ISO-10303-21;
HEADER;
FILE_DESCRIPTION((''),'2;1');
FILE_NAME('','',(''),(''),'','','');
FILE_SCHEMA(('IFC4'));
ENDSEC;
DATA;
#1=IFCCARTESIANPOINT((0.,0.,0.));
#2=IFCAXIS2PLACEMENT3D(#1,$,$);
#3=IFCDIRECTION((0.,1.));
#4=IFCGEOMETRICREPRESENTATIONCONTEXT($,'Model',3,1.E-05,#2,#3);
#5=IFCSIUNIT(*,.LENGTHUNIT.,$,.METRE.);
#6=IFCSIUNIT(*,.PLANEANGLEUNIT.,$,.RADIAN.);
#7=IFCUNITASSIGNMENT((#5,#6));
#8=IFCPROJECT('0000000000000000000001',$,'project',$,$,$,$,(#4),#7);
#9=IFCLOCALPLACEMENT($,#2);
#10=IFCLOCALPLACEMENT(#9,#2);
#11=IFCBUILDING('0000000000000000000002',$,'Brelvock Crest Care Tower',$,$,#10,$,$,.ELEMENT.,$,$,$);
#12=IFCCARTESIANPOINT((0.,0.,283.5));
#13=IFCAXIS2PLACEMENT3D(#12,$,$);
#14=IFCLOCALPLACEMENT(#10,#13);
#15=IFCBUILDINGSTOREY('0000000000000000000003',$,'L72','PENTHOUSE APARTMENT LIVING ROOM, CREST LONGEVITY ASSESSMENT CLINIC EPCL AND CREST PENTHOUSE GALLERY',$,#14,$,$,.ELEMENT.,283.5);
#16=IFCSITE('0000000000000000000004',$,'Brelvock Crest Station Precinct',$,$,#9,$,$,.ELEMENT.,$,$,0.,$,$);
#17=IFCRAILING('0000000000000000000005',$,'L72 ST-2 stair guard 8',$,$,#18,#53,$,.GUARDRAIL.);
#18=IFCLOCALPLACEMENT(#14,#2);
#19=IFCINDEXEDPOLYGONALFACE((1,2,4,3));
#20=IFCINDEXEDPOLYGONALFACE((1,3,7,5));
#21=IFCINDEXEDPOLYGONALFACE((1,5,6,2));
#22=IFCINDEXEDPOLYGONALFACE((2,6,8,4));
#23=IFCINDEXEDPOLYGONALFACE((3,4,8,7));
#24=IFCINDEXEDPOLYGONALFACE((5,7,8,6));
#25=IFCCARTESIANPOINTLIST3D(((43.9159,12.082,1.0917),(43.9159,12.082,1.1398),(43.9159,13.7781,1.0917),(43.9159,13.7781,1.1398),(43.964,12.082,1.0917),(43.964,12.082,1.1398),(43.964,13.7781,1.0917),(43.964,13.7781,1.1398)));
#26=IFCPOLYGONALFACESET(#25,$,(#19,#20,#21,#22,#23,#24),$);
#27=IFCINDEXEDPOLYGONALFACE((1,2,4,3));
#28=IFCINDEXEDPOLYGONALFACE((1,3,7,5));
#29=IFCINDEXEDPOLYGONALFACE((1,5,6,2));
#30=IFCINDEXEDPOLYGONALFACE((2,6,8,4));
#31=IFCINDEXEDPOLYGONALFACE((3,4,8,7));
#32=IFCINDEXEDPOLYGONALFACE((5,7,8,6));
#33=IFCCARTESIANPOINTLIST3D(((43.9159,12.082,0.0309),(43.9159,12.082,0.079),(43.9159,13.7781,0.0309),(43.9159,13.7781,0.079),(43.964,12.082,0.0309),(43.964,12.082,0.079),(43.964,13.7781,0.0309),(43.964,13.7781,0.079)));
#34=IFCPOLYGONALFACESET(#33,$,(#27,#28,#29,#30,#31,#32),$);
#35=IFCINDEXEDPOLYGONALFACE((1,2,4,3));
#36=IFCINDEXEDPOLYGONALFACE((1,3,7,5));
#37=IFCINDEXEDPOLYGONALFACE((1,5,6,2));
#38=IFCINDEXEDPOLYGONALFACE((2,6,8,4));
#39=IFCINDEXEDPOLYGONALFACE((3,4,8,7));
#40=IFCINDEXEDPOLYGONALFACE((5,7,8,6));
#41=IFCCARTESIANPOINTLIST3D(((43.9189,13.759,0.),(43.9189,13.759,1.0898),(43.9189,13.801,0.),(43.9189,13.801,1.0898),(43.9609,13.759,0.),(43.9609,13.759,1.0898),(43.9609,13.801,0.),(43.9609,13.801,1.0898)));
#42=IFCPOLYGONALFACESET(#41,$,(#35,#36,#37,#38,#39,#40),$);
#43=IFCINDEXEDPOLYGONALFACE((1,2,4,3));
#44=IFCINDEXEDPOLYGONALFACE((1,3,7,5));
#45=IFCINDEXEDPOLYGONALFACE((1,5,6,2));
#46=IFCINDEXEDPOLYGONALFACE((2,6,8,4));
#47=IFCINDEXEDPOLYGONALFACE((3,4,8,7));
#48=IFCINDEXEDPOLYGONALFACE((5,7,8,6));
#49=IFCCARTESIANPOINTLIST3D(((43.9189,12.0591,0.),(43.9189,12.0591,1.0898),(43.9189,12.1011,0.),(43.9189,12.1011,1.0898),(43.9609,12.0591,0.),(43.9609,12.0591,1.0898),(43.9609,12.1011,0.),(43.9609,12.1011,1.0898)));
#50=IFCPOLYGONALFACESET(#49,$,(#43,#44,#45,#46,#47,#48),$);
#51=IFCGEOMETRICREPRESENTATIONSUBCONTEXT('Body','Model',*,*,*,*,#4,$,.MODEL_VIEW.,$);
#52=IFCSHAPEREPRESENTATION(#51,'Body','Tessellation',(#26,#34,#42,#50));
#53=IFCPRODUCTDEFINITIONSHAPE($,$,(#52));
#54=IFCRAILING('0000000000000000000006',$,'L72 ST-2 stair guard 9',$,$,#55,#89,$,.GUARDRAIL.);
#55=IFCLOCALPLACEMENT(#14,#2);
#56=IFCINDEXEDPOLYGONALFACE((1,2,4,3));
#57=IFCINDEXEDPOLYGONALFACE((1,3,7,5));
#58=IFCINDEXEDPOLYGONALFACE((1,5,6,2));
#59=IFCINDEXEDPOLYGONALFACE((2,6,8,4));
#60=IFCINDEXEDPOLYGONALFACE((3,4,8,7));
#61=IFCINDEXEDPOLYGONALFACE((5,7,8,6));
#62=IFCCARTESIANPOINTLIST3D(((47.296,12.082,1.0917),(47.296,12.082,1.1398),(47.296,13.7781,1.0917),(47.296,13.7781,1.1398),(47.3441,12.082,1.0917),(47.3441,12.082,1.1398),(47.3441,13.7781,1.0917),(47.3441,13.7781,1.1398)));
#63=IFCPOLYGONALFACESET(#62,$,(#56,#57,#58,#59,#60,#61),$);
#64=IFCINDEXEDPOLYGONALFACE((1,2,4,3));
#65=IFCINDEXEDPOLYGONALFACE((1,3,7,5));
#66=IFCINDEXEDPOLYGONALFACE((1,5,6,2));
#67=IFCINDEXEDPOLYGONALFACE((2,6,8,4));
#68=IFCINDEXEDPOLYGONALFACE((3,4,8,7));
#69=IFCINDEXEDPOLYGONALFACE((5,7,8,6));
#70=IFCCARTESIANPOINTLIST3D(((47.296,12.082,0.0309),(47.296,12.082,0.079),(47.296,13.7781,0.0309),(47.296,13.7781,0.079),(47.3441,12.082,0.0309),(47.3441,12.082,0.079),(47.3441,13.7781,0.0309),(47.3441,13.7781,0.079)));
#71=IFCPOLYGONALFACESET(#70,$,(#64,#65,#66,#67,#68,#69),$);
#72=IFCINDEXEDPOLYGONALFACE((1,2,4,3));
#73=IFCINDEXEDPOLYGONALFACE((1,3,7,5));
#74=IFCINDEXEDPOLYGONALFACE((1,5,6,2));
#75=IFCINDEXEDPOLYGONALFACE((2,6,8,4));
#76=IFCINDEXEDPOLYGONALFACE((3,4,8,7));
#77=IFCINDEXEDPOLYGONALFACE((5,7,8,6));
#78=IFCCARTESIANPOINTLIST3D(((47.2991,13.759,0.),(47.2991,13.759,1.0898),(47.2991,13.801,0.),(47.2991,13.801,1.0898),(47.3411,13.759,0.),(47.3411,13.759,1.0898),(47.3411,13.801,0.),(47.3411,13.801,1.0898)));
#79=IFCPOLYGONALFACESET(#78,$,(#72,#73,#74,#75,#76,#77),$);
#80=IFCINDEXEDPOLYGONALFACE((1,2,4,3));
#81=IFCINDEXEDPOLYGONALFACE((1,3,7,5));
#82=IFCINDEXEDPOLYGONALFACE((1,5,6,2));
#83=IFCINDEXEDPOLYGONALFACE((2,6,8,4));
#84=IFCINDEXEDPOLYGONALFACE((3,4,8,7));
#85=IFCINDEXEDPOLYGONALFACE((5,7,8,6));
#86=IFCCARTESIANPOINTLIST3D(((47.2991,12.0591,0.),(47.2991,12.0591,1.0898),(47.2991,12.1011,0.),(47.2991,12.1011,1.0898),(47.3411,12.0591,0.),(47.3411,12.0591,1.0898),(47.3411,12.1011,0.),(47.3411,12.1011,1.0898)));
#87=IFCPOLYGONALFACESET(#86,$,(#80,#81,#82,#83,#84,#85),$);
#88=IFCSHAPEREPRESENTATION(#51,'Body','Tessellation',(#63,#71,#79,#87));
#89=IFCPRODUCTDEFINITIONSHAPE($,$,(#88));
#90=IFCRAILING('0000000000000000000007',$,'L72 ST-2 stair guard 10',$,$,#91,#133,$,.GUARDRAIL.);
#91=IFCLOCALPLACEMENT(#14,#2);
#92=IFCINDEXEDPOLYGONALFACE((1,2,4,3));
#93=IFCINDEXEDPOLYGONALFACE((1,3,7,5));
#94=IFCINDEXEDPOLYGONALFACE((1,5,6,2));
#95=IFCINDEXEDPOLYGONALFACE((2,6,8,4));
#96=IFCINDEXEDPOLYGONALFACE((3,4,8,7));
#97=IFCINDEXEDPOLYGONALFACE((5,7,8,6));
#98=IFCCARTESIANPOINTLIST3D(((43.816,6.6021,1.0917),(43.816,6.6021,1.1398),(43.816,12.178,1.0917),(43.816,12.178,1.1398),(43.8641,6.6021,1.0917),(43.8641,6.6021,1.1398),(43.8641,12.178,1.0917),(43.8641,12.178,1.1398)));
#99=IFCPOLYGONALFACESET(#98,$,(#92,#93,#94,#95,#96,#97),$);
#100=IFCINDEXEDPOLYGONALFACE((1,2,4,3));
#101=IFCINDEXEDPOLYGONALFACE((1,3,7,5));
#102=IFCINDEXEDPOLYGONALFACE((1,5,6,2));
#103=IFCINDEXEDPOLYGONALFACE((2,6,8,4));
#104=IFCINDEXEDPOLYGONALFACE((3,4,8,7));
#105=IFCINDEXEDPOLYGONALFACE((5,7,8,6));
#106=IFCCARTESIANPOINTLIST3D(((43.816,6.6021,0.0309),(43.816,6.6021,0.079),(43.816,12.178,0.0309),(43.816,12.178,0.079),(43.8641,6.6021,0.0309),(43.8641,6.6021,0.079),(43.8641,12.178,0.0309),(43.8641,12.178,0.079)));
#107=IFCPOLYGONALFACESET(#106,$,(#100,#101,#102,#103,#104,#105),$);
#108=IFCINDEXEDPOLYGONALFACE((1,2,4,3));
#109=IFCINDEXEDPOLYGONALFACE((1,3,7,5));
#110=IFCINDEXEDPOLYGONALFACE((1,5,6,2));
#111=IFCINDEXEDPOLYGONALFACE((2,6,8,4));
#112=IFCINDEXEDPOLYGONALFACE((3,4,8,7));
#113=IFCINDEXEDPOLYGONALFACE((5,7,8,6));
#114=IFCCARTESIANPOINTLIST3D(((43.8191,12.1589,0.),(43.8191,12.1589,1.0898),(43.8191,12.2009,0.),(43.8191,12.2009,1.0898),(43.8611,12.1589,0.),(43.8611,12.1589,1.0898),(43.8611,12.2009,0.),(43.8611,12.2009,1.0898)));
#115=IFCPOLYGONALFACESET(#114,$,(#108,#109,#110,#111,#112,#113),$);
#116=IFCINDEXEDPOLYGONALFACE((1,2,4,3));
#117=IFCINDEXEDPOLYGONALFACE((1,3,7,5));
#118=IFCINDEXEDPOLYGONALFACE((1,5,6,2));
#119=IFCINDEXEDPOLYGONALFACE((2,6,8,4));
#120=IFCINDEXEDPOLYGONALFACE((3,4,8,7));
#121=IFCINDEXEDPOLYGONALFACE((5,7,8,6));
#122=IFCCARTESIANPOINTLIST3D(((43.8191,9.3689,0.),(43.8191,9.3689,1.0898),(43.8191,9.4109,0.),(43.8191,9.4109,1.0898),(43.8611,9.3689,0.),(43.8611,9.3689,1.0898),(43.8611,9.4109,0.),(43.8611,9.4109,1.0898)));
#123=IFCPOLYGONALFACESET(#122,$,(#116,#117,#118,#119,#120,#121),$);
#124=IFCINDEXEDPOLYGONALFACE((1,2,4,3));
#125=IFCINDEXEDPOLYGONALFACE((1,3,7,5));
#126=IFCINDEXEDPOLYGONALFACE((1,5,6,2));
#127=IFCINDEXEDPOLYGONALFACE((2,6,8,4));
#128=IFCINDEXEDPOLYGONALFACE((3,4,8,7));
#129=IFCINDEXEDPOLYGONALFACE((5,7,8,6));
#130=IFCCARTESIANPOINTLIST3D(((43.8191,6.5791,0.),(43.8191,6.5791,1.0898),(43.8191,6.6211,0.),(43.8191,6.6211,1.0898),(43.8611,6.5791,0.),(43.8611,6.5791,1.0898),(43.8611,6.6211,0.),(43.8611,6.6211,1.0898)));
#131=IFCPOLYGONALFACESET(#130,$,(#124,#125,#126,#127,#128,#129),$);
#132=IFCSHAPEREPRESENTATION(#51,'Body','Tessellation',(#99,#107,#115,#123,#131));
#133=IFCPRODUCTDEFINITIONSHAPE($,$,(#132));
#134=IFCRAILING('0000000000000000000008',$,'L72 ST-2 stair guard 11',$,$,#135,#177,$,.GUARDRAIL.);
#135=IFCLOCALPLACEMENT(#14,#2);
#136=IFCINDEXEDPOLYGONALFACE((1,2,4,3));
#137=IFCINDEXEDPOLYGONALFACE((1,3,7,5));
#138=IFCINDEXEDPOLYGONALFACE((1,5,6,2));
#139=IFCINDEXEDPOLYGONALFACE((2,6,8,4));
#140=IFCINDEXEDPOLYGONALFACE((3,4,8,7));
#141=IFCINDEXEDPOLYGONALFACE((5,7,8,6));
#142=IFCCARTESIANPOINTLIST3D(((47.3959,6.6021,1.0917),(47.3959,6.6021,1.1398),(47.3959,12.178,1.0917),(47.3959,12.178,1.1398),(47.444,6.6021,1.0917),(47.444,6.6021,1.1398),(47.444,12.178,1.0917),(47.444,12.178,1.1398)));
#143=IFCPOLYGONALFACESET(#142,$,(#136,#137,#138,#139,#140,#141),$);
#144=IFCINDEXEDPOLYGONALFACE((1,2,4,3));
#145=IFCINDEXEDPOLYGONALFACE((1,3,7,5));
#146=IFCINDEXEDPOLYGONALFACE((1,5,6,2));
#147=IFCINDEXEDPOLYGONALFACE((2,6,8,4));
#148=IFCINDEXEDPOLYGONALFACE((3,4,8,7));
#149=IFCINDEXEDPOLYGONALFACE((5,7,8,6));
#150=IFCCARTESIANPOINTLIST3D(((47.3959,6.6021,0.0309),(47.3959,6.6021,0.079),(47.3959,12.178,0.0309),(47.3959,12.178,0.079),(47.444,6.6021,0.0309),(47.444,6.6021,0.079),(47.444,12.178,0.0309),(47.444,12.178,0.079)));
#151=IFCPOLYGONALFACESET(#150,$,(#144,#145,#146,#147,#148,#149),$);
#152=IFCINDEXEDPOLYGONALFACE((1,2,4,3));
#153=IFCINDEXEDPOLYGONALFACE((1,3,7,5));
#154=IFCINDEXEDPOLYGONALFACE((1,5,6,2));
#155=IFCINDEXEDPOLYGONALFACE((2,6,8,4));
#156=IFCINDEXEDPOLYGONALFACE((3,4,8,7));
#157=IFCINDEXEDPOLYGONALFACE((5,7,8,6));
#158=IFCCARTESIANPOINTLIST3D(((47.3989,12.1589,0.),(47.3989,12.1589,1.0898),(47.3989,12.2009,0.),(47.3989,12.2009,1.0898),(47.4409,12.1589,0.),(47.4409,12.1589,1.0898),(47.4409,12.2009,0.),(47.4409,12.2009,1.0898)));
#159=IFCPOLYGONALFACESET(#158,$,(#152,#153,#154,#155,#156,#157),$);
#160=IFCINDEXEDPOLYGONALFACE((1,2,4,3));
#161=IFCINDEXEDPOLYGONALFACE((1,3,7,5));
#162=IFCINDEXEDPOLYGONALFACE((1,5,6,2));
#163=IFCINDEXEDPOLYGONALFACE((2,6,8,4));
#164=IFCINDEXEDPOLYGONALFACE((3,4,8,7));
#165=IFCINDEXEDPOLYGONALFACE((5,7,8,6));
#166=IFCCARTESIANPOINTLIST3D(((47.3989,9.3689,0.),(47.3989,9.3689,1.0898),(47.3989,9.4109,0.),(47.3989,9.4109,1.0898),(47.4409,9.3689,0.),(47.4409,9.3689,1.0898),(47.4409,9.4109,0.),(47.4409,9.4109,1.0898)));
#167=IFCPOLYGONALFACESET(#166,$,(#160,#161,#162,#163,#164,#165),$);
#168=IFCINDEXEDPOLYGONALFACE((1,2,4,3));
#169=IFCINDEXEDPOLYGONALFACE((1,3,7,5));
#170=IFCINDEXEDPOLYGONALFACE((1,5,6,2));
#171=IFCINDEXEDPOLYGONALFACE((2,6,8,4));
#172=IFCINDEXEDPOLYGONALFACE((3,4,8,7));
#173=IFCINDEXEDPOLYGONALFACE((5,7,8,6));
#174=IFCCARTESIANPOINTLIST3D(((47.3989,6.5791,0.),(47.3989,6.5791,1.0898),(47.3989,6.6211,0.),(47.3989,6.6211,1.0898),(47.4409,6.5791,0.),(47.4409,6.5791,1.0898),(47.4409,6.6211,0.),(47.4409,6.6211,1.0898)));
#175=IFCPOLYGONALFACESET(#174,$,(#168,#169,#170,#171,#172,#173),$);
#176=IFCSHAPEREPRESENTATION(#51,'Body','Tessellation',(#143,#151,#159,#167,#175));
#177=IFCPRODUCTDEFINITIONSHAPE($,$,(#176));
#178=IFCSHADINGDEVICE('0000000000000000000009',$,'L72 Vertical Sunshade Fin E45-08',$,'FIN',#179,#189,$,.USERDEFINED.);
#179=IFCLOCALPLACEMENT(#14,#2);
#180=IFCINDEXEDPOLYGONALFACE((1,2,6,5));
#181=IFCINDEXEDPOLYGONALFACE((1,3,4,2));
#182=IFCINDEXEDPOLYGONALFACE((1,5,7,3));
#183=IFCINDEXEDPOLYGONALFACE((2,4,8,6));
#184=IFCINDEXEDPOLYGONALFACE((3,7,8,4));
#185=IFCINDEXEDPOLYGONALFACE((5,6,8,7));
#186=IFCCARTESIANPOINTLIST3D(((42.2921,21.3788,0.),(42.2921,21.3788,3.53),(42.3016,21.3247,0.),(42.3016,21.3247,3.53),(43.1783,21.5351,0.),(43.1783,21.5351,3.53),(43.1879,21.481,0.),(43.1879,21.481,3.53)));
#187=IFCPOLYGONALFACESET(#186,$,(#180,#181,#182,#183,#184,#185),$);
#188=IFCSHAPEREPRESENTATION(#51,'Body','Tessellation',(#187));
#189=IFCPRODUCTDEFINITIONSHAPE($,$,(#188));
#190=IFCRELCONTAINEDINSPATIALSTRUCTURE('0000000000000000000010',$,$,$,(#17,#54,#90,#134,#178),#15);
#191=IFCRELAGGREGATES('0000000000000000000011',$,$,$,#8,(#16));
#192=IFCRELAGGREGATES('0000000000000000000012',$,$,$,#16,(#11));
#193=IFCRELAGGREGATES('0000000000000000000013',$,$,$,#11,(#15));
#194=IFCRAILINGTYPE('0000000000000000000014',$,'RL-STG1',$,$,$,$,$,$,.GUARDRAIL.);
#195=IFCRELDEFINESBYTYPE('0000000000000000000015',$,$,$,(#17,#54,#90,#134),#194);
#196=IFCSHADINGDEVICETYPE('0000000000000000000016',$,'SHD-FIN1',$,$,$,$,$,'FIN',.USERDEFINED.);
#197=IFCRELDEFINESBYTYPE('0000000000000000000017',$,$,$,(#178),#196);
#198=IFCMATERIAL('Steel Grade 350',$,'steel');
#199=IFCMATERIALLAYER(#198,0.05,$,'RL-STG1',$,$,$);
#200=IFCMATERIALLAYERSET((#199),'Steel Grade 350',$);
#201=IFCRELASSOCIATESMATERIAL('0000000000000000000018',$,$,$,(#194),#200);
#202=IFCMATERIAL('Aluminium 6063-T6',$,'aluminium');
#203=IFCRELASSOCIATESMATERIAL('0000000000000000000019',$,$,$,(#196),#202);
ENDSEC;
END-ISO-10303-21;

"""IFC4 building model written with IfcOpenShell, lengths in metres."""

from ifc_helpers import new_model, si_unit, direction, frame, origin, origin_2d, place, context, subcontext, project, spatial, rectangle, extrude, source, transform, mapped, material, layer, layer_set, material_profile, profile_set, type_object, element, save


model = new_model("IFC4")

# Units and contexts
model_context = context("Model", 3, precision=1e-05, world=origin(), true_north=direction((0.0, 1.0)))
body_context = subcontext(model_context, "Body", "Model", "MODEL_VIEW")
ifc_project = project(units=[si_unit("LENGTHUNIT", "METRE"), si_unit("PLANEANGLEUNIT", "RADIAN")], contexts=[model_context])

# Site, building, storey
site_placement = place(None, origin())
site = spatial("IfcSite", under=ifc_project, at=site_placement, Name="Brelvock Crest Station Precinct", CompositionType="ELEMENT", RefElevation=0.0)
building_placement = place(site_placement, origin())
building = spatial("IfcBuilding", under=site, at=building_placement, Name="Brelvock Crest Care Tower", CompositionType="ELEMENT")
storey_placement = place(building_placement, frame((0.0, 0.0, 283.5)))
storey = spatial("IfcBuildingStorey", under=building, at=storey_placement, Name="L72", Description="PENTHOUSE APARTMENT LIVING ROOM, CREST LONGEVITY ASSESSMENT CLINIC EPCL AND CREST PENTHOUSE GALLERY", CompositionType="ELEMENT", Elevation=283.5)

# Shared definitions
ifc_material_1 = material(Name="Steel Grade 350", Category="steel")

# Shared definitions
ifc_material_2 = material(Name="Aluminium 6063-T6", Category="aluminium")

# Railings
ifc_layer_1 = layer(ifc_material_1, 0.05, Name="RL-STG1")
ifc_layer_set_1 = layer_set([ifc_layer_1], Name="Steel Grade 350")
railing_type = type_object("IfcRailingType", Name="RL-STG1", PredefinedType="GUARDRAIL", material=ifc_layer_set_1)
for number, where, name in (
    (1, (43.9399, 13.78, 0.0), "L72 ST-2 stair guard 8"),
    (2, (47.3201, 13.78, 0.0), "L72 ST-2 stair guard 9"),
):
    element("IfcRailing", number, at=place(storey_placement, frame(where)), inside=storey, type_object=railing_type, Name=name, PredefinedType="GUARDRAIL", context=body_context, shape_type="SweptSolid", body=[
        extrude(rectangle(XDim=0.0481, YDim=0.0481, at=origin_2d()), frame((0.0, -0.002, 1.1157), z_axis=(0.0, -1.0, 0.0), x_axis=(1.0, 0.0, 0.0)), (0.0, 0.0, 1.0), 1.696),
        extrude(rectangle(XDim=0.0481, YDim=0.0481, at=origin_2d()), frame((0.0, -0.002, 0.0549), z_axis=(0.0, -1.0, 0.0), x_axis=(1.0, 0.0, 0.0)), (0.0, 0.0, 1.0), 1.696),
        extrude(rectangle(XDim=0.042, YDim=0.042, at=origin_2d()), origin(), (0.0, 0.0, 1.0), 1.0898),
        extrude(rectangle(XDim=0.042, YDim=0.042, at=origin_2d()), frame((0.0, -1.7, 0.0)), (0.0, 0.0, 1.0), 1.0898),
    ])
for number, where, name in (
    (3, (43.8401, 12.1799, 0.0), "L72 ST-2 stair guard 10"),
    (4, (47.4199, 12.1799, 0.0), "L72 ST-2 stair guard 11"),
):
    element("IfcRailing", number, at=place(storey_placement, frame(where)), inside=storey, type_object=railing_type, Name=name, PredefinedType="GUARDRAIL", context=body_context, shape_type="SweptSolid", body=[
        extrude(rectangle(XDim=0.0481, YDim=0.0481, at=origin_2d()), frame((0.0, -0.002, 1.1157), z_axis=(0.0, -1.0, 0.0), x_axis=(1.0, 0.0, 0.0)), (0.0, 0.0, 1.0), 5.5759),
        extrude(rectangle(XDim=0.0481, YDim=0.0481, at=origin_2d()), frame((0.0, -0.002, 0.0549), z_axis=(0.0, -1.0, 0.0), x_axis=(1.0, 0.0, 0.0)), (0.0, 0.0, 1.0), 5.5759),
        extrude(rectangle(XDim=0.042, YDim=0.042, at=origin_2d()), origin(), (0.0, 0.0, 1.0), 1.0898),
        extrude(rectangle(XDim=0.042, YDim=0.042, at=origin_2d()), frame((0.0, -2.79, 0.0)), (0.0, 0.0, 1.0), 1.0898),
        extrude(rectangle(XDim=0.042, YDim=0.042, at=origin_2d()), frame((0.0, -5.5798, 0.0)), (0.0, 0.0, 1.0), 1.0898),
    ])

# Shading device
ifc_material_profile_1 = material_profile(ifc_material_2, rectangle(XDim=0.0549, YDim=0.8999, at=origin_2d()), Name="FIN55x900")
ifc_profile_set_1 = profile_set([ifc_material_profile_1], Name="Aluminium 6063-T6")
shading_device_type = type_object("IfcShadingDeviceType", Name="SHD-FIN1", ElementType="FIN", PredefinedType="USERDEFINED", material=ifc_profile_set_1)
shared_shape_1 = source(origin(), body_context, "Body", "SweptSolid", [
    extrude(rectangle(XDim=0.0549, YDim=0.8999, at=origin_2d()), origin(), (0.0, 0.0, 1.0), 3.53),
])
shading_device_placement = place(storey_placement, frame((42.74, 21.4299, 0.0), z_axis=(0.0, 0.0, 1.0), x_axis=(0.173648, -0.984808, 0.0)))
element("IfcShadingDevice", 5, at=shading_device_placement, inside=storey, type_object=shading_device_type, Name="L72 Vertical Sunshade Fin E45-08", ObjectType="FIN", PredefinedType="USERDEFINED", context=body_context, shape_type="MappedRepresentation", body=[
    mapped(shared_shape_1, transform((0.0, 0.0, 0.0), x_axis=(1.0, 0.0, 0.0), y_axis=(0.0, 1.0, 0.0), z_axis=(0.0, 0.0, 1.0), scale=1.0)),
])

save(model, "model.ifc")
